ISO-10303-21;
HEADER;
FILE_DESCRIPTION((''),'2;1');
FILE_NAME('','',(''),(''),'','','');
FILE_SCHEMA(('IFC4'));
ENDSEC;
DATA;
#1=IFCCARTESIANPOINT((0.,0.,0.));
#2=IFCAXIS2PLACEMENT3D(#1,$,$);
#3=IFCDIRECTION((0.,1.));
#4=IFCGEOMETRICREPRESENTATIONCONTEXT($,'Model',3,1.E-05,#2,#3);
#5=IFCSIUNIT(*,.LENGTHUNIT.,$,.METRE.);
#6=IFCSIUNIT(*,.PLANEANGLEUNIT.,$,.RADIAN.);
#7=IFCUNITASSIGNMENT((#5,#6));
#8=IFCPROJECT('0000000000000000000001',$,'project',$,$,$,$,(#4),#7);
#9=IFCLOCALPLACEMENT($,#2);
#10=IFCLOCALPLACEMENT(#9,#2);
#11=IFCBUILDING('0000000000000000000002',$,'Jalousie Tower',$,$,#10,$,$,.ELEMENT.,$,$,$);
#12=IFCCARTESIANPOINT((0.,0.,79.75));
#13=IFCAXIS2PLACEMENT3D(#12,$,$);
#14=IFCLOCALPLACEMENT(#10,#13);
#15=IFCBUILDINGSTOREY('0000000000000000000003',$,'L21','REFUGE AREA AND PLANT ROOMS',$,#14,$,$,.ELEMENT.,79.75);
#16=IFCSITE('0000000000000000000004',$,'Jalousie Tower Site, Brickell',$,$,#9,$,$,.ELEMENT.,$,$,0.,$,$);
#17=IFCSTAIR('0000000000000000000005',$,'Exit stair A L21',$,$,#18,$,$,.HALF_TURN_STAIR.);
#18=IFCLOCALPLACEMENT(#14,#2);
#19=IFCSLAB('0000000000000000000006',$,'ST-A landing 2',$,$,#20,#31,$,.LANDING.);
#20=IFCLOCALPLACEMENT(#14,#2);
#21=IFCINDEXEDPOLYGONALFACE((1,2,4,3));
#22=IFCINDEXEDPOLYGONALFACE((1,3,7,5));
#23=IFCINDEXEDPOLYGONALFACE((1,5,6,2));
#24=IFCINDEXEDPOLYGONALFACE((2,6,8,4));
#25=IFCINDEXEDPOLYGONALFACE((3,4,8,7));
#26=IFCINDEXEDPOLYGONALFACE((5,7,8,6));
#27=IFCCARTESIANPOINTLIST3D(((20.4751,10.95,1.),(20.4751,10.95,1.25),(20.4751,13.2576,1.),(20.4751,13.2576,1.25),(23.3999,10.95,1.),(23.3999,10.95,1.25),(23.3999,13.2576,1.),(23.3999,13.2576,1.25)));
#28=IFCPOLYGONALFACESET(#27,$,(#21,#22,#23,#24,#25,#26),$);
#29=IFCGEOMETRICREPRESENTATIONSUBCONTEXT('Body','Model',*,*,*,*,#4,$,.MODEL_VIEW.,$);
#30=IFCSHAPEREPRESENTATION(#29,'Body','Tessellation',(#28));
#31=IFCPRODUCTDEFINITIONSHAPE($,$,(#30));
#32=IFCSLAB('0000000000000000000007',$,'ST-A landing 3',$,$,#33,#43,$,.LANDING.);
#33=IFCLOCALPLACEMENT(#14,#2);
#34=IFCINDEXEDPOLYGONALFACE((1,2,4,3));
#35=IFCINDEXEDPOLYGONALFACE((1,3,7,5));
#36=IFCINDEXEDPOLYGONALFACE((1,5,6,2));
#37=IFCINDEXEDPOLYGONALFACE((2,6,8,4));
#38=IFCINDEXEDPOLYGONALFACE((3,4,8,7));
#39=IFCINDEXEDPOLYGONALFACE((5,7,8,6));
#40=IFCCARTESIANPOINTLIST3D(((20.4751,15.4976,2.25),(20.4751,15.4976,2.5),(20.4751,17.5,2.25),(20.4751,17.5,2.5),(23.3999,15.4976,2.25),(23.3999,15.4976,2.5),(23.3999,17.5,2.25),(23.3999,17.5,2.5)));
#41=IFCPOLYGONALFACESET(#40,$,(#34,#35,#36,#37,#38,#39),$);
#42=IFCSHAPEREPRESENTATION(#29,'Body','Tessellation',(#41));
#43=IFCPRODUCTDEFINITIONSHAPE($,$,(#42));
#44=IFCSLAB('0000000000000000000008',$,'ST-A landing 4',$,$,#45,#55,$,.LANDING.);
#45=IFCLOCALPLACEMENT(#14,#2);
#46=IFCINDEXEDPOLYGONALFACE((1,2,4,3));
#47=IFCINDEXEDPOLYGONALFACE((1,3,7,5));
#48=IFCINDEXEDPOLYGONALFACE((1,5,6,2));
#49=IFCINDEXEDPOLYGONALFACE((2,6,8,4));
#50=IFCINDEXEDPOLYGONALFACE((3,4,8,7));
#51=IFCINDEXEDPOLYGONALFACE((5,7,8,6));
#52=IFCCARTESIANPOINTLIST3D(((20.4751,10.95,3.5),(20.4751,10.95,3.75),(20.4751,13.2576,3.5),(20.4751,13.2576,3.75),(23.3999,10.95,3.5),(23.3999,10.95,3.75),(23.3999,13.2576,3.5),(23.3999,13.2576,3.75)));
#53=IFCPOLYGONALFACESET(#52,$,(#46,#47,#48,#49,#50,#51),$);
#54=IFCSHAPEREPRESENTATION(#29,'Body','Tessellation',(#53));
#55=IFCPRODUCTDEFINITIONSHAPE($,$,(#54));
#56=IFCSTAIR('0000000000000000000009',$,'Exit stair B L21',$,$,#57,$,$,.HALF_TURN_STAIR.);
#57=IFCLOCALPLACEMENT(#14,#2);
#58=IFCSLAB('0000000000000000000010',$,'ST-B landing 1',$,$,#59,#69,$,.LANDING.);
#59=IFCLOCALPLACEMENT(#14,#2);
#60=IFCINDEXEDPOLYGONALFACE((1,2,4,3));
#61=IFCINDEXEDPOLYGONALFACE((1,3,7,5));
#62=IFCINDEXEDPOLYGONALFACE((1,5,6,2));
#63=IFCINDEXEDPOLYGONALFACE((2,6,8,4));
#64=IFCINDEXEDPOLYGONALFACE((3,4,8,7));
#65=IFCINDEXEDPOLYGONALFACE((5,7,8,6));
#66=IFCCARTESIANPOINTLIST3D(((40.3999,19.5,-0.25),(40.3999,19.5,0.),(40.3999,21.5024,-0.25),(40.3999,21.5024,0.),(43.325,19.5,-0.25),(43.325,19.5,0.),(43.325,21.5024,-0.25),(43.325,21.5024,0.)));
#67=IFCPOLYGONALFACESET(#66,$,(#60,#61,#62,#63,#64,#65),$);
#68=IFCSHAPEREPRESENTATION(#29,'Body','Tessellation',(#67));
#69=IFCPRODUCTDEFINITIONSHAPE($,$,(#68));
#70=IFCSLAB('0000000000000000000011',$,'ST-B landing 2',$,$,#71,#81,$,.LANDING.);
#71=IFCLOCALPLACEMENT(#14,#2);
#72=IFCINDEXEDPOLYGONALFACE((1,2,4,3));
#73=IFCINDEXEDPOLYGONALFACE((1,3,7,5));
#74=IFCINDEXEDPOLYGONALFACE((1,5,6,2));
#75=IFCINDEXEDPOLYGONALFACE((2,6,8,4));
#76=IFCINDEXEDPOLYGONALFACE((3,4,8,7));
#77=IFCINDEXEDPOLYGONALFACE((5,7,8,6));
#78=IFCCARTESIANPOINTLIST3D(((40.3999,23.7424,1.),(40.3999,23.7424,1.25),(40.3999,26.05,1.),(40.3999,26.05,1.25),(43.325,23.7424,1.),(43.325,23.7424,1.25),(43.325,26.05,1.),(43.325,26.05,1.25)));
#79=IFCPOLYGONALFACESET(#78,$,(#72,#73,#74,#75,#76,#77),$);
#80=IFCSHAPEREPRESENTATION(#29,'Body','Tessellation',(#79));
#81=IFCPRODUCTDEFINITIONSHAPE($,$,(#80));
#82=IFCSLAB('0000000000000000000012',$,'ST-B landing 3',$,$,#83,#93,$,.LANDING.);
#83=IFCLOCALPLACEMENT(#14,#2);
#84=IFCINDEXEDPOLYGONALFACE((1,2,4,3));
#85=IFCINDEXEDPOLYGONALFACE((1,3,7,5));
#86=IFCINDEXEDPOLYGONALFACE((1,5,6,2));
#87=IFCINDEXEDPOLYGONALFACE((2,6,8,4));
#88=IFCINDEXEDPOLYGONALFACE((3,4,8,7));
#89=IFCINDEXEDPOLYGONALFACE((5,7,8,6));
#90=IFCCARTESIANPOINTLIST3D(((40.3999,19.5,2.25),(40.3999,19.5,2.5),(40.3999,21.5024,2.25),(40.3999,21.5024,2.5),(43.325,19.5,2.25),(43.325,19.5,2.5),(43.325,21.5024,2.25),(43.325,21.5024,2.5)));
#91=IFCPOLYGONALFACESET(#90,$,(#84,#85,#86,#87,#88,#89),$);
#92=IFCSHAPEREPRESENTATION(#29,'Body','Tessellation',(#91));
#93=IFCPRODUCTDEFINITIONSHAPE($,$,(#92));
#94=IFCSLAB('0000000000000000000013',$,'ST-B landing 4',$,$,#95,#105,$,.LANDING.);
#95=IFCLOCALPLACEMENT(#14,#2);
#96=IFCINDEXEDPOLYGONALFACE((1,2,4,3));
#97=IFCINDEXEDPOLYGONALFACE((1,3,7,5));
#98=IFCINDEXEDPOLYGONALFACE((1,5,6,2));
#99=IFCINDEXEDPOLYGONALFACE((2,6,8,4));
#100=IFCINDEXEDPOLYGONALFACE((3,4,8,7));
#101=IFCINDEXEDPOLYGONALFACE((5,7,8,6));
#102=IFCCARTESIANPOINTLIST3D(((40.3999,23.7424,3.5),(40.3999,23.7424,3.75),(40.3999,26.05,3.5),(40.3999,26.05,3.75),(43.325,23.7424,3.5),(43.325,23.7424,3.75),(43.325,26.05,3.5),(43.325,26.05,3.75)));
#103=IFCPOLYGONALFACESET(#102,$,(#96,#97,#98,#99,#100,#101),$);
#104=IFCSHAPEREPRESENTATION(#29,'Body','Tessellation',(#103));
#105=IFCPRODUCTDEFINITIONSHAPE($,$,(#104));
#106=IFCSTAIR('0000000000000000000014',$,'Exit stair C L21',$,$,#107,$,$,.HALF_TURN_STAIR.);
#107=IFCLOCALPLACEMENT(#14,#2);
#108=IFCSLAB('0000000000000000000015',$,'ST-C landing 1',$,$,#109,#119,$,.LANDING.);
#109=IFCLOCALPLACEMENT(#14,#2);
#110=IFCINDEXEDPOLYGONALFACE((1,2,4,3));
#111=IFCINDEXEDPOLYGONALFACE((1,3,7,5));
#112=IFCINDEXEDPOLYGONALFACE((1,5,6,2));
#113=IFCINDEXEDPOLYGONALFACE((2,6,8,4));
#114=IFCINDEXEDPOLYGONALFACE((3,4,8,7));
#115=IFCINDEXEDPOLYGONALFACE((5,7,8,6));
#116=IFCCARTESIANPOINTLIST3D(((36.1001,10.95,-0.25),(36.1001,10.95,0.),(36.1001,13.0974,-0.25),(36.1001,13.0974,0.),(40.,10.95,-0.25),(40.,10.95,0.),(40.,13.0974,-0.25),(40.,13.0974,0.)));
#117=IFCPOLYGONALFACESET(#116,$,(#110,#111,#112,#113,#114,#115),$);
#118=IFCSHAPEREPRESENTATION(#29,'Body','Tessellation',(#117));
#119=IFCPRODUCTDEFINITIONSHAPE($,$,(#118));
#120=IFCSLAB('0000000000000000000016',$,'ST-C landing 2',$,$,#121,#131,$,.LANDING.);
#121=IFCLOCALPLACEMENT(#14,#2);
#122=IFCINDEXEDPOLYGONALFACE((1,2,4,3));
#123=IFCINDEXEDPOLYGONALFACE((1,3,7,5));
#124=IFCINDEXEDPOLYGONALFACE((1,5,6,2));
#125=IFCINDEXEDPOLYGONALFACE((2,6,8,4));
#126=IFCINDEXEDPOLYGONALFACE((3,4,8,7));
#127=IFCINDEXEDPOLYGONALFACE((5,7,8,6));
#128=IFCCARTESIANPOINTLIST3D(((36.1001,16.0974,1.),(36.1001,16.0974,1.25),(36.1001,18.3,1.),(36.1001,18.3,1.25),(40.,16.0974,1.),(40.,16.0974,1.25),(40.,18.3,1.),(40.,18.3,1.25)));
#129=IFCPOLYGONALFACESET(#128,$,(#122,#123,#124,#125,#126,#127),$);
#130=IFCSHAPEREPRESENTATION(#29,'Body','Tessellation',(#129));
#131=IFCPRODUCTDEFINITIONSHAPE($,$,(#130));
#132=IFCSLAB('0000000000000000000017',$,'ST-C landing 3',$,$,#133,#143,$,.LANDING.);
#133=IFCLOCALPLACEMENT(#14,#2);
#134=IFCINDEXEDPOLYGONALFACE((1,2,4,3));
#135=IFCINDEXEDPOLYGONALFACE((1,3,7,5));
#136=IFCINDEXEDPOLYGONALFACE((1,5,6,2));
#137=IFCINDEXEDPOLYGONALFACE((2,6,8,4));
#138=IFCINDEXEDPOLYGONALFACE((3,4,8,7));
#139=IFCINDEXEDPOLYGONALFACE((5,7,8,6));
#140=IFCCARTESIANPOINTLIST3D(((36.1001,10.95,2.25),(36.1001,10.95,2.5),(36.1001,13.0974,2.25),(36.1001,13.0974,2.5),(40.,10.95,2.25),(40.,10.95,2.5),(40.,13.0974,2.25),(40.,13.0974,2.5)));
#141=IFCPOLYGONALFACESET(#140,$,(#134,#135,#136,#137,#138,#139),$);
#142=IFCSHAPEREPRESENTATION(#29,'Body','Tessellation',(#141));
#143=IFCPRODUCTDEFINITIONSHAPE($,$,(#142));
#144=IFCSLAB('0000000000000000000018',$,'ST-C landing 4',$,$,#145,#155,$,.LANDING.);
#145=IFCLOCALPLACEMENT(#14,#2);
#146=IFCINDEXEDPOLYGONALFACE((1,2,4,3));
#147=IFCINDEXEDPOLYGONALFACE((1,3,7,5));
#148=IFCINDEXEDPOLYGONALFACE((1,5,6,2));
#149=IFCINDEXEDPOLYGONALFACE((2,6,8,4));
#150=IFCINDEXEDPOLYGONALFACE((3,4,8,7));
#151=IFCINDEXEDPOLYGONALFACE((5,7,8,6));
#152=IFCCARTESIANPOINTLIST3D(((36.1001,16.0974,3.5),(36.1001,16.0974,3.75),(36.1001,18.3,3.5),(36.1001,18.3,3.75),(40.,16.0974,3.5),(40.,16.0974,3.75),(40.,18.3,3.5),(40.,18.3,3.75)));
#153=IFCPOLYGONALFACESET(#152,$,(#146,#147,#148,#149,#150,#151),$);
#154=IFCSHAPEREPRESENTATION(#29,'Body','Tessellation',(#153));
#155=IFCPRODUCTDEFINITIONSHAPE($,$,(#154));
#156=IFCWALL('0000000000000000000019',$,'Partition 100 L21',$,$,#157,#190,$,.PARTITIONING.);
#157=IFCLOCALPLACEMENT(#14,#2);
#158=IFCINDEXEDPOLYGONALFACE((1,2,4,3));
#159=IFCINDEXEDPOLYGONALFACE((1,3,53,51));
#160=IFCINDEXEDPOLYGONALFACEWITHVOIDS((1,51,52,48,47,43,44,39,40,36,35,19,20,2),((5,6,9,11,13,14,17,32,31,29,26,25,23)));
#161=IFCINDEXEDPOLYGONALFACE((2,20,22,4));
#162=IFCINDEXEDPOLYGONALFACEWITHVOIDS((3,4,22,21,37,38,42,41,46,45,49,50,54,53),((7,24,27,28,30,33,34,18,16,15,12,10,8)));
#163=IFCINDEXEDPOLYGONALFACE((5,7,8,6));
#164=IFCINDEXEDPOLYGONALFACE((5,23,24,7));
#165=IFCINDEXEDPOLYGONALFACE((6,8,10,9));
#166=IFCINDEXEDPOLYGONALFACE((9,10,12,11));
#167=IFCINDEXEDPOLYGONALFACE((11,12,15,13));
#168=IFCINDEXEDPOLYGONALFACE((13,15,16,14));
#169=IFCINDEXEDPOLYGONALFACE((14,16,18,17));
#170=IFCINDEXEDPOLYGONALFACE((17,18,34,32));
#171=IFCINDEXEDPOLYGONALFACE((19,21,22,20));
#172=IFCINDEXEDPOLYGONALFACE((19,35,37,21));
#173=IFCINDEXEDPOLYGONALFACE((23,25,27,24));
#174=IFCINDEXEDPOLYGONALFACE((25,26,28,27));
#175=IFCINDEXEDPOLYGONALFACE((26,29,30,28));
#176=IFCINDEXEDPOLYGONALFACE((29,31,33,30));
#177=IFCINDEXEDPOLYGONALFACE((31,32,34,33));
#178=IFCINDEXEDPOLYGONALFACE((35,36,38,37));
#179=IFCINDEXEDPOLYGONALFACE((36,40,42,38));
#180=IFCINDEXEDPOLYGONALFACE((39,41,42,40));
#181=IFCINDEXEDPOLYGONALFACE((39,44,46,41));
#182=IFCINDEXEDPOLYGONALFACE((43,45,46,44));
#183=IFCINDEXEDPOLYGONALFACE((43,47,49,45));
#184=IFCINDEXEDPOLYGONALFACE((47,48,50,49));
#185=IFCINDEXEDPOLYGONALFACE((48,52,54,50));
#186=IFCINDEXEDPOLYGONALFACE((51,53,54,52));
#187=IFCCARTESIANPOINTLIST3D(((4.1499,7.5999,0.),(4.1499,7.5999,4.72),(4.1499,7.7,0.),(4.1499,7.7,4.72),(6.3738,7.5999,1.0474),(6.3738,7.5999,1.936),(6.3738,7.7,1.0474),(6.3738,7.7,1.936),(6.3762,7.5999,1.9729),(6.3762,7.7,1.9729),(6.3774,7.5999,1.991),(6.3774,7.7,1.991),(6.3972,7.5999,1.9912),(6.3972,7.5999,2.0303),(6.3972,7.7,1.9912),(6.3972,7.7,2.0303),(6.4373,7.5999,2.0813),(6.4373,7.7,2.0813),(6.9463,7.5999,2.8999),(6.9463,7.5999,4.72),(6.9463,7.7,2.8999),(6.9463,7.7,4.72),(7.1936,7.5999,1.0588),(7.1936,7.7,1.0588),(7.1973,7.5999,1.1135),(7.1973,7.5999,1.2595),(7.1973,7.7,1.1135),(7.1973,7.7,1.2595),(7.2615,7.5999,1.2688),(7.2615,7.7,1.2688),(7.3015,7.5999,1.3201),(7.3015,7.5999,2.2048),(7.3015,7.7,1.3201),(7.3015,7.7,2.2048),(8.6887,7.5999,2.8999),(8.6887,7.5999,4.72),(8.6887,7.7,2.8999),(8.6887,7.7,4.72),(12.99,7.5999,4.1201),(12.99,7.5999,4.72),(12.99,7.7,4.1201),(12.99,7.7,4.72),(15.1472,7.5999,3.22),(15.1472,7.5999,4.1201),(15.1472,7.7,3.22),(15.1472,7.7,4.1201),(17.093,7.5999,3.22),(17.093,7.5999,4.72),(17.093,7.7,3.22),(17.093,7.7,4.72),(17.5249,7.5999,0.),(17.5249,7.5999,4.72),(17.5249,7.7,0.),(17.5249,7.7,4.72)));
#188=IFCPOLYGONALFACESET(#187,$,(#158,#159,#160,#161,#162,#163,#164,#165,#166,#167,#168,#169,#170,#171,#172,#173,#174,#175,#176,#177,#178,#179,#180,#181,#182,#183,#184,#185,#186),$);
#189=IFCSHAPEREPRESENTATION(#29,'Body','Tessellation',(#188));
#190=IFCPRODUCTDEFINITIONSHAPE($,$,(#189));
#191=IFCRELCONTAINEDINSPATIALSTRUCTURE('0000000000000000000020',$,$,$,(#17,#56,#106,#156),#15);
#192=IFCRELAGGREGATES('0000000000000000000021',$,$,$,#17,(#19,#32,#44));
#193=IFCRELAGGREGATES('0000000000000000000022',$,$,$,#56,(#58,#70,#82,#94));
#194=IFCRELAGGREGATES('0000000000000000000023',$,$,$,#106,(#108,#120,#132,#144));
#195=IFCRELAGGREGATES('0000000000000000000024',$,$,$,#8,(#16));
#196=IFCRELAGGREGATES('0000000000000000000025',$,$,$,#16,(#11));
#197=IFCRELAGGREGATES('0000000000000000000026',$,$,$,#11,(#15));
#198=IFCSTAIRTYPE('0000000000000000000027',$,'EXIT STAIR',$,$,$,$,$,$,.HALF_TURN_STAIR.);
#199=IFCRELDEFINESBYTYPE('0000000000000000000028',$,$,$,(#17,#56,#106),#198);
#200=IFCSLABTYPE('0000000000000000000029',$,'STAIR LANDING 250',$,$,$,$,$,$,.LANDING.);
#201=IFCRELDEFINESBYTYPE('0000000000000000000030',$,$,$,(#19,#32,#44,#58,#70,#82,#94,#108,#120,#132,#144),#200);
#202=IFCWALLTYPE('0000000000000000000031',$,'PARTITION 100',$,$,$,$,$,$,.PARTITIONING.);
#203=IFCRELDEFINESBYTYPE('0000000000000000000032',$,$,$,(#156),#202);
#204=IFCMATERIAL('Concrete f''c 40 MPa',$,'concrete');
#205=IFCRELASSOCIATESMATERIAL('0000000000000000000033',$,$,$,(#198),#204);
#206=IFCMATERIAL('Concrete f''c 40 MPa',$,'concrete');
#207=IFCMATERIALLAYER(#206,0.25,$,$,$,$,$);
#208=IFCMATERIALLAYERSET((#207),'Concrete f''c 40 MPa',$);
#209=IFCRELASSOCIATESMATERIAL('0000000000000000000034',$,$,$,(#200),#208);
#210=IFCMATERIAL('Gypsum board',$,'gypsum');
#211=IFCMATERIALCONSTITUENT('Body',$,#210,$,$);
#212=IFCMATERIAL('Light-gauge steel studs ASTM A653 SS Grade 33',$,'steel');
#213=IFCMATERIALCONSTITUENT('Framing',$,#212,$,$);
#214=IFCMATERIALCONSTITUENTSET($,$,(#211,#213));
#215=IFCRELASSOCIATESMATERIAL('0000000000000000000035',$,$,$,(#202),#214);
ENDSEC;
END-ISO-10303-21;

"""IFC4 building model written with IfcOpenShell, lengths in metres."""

from ifc_helpers import new_model, si_unit, direction, frame, origin, place, context, subcontext, project, spatial, polyline, outline, extrude, material, layer, layer_set, constituent, constituent_set, type_object, element, aggregate, save


model = new_model("IFC4")

# Units and contexts
model_context = context("Model", 3, precision=1e-05, world=origin(), true_north=direction((0.0, 1.0)))
body_context = subcontext(model_context, "Body", "Model", "MODEL_VIEW")
ifc_project = project(units=[si_unit("LENGTHUNIT", "METRE"), si_unit("PLANEANGLEUNIT", "RADIAN")], contexts=[model_context])

# Site, building, storey
site_placement = place(None, origin())
site = spatial("IfcSite", under=ifc_project, at=site_placement, Name="Jalousie Tower Site, Brickell", CompositionType="ELEMENT", RefElevation=0.0)
building_placement = place(site_placement, origin())
building = spatial("IfcBuilding", under=site, at=building_placement, Name="Jalousie Tower", CompositionType="ELEMENT")
storey_placement = place(building_placement, frame((0.0, 0.0, 79.75)))
storey = spatial("IfcBuildingStorey", under=building, at=storey_placement, Name="L21", Description="REFUGE AREA AND PLANT ROOMS", CompositionType="ELEMENT", Elevation=79.75)

# Stairs, slabs
ifc_material_1 = material(Name="Concrete f'c 40 MPa", Category="concrete")
stair_type = type_object("IfcStairType", Name="EXIT STAIR", PredefinedType="HALF_TURN_STAIR", material=ifc_material_1)
stair_1_placement = place(storey_placement, origin())
stair_1 = element("IfcStair", 1, at=stair_1_placement, inside=storey, type_object=stair_type, Name="Exit stair A L21", PredefinedType="HALF_TURN_STAIR")
ifc_material_2 = material(Name="Concrete f'c 40 MPa", Category="concrete")
ifc_layer_1 = layer(ifc_material_2, 0.25)
ifc_layer_set_1 = layer_set([ifc_layer_1], Name="Concrete f'c 40 MPa")
slab_type_1 = type_object("IfcSlabType", Name="STAIR LANDING 250", PredefinedType="LANDING", material=ifc_layer_set_1)
slab_1_placement = place(storey_placement, frame((0.0, 0.0, 1.0)))
slab_1 = element("IfcSlab", 2, at=slab_1_placement, type_object=slab_type_1, Name="ST-A landing 2", PredefinedType="LANDING", context=body_context, shape_type="SweptSolid", body=[
    extrude(outline(polyline([(20.4751, 10.95), (23.3999, 10.95), (23.3999, 13.2576), (20.4751, 13.2576), (20.4751, 10.95)])), origin(), (0.0, 0.0, 1.0), 0.25),
])
slab_2_placement = place(storey_placement, frame((0.0, 0.0, 2.25)))
slab_2 = element("IfcSlab", 3, at=slab_2_placement, type_object=slab_type_1, Name="ST-A landing 3", PredefinedType="LANDING", context=body_context, shape_type="SweptSolid", body=[
    extrude(outline(polyline([(20.4751, 15.4976), (23.3999, 15.4976), (23.3999, 17.5), (20.4751, 17.5), (20.4751, 15.4976)])), origin(), (0.0, 0.0, 1.0), 0.25),
])
slab_3_placement = place(storey_placement, frame((0.0, 0.0, 3.5)))
slab_3 = element("IfcSlab", 4, at=slab_3_placement, type_object=slab_type_1, Name="ST-A landing 4", PredefinedType="LANDING", context=body_context, shape_type="SweptSolid", body=[
    extrude(outline(polyline([(20.4751, 10.95), (23.3999, 10.95), (23.3999, 13.2576), (20.4751, 13.2576), (20.4751, 10.95)])), origin(), (0.0, 0.0, 1.0), 0.25),
])
aggregate(stair_1, [slab_1, slab_2, slab_3])
stair_2_placement = place(storey_placement, origin())
stair_2 = element("IfcStair", 5, at=stair_2_placement, inside=storey, type_object=stair_type, Name="Exit stair B L21", PredefinedType="HALF_TURN_STAIR")
slab_4_placement = place(storey_placement, frame((0.0, 0.0, -0.25)))
slab_4 = element("IfcSlab", 6, at=slab_4_placement, type_object=slab_type_1, Name="ST-B landing 1", PredefinedType="LANDING", context=body_context, shape_type="SweptSolid", body=[
    extrude(outline(polyline([(40.3999, 19.5), (43.325, 19.5), (43.325, 21.5024), (40.3999, 21.5024), (40.3999, 19.5)])), origin(), (0.0, 0.0, 1.0), 0.25),
])
slab_5_placement = place(storey_placement, frame((0.0, 0.0, 1.0)))
slab_5 = element("IfcSlab", 7, at=slab_5_placement, type_object=slab_type_1, Name="ST-B landing 2", PredefinedType="LANDING", context=body_context, shape_type="SweptSolid", body=[
    extrude(outline(polyline([(40.3999, 23.7424), (43.325, 23.7424), (43.325, 26.05), (40.3999, 26.05), (40.3999, 23.7424)])), origin(), (0.0, 0.0, 1.0), 0.25),
])
slab_6_placement = place(storey_placement, frame((0.0, 0.0, 2.25)))
slab_6 = element("IfcSlab", 8, at=slab_6_placement, type_object=slab_type_1, Name="ST-B landing 3", PredefinedType="LANDING", context=body_context, shape_type="SweptSolid", body=[
    extrude(outline(polyline([(40.3999, 19.5), (43.325, 19.5), (43.325, 21.5024), (40.3999, 21.5024), (40.3999, 19.5)])), origin(), (0.0, 0.0, 1.0), 0.25),
])
slab_7_placement = place(storey_placement, frame((0.0, 0.0, 3.5)))
slab_7 = element("IfcSlab", 9, at=slab_7_placement, type_object=slab_type_1, Name="ST-B landing 4", PredefinedType="LANDING", context=body_context, shape_type="SweptSolid", body=[
    extrude(outline(polyline([(40.3999, 23.7424), (43.325, 23.7424), (43.325, 26.05), (40.3999, 26.05), (40.3999, 23.7424)])), origin(), (0.0, 0.0, 1.0), 0.25),
])
aggregate(stair_2, [slab_4, slab_5, slab_6, slab_7])
stair_3_placement = place(storey_placement, origin())
stair_3 = element("IfcStair", 10, at=stair_3_placement, inside=storey, type_object=stair_type, Name="Exit stair C L21", PredefinedType="HALF_TURN_STAIR")
slab_8_placement = place(storey_placement, frame((0.0, 0.0, -0.25)))
slab_8 = element("IfcSlab", 11, at=slab_8_placement, type_object=slab_type_1, Name="ST-C landing 1", PredefinedType="LANDING", context=body_context, shape_type="SweptSolid", body=[
    extrude(outline(polyline([(36.1001, 10.95), (40.0, 10.95), (40.0, 13.0974), (36.1001, 13.0974), (36.1001, 10.95)])), origin(), (0.0, 0.0, 1.0), 0.25),
])
slab_9_placement = place(storey_placement, frame((0.0, 0.0, 1.0)))
slab_9 = element("IfcSlab", 12, at=slab_9_placement, type_object=slab_type_1, Name="ST-C landing 2", PredefinedType="LANDING", context=body_context, shape_type="SweptSolid", body=[
    extrude(outline(polyline([(36.1001, 16.0974), (40.0, 16.0974), (40.0, 18.3), (36.1001, 18.3), (36.1001, 16.0974)])), origin(), (0.0, 0.0, 1.0), 0.25),
])
slab_10_placement = place(storey_placement, frame((0.0, 0.0, 2.25)))
slab_10 = element("IfcSlab", 13, at=slab_10_placement, type_object=slab_type_1, Name="ST-C landing 3", PredefinedType="LANDING", context=body_context, shape_type="SweptSolid", body=[
    extrude(outline(polyline([(36.1001, 10.95), (40.0, 10.95), (40.0, 13.0974), (36.1001, 13.0974), (36.1001, 10.95)])), origin(), (0.0, 0.0, 1.0), 0.25),
])
slab_11_placement = place(storey_placement, frame((0.0, 0.0, 3.5)))
slab_11 = element("IfcSlab", 14, at=slab_11_placement, type_object=slab_type_1, Name="ST-C landing 4", PredefinedType="LANDING", context=body_context, shape_type="SweptSolid", body=[
    extrude(outline(polyline([(36.1001, 16.0974), (40.0, 16.0974), (40.0, 18.3), (36.1001, 18.3), (36.1001, 16.0974)])), origin(), (0.0, 0.0, 1.0), 0.25),
])
aggregate(stair_3, [slab_8, slab_9, slab_10, slab_11])

# Wall
ifc_material_3 = material(Name="Gypsum board", Category="gypsum")
ifc_constituent_1 = constituent(ifc_material_3, Name="Body")
ifc_material_4 = material(Name="Light-gauge steel studs ASTM A653 SS Grade 33", Category="steel")
ifc_constituent_2 = constituent(ifc_material_4, Name="Framing")
ifc_constituent_set = constituent_set(constituents=[ifc_constituent_1, ifc_constituent_2])
wall_type = type_object("IfcWallType", Name="PARTITION 100", PredefinedType="PARTITIONING", material=ifc_constituent_set)
wall_placement = place(storey_placement, frame((4.1499, 7.6499, 0.0), z_axis=(0.0, 0.0, 1.0), x_axis=(1.0, 0.0, 0.0)))
element("IfcWall", 15, at=wall_placement, inside=storey, type_object=wall_type, Name="Partition 100 L21", PredefinedType="PARTITIONING", context=body_context, shape_type="SweptSolid", body=[
    extrude(outline(polyline([(2.7964, 4.72), (0.0, 4.72), (0.0, 0.0), (13.375, 0.0), (13.375, 4.72), (12.9431, 4.72), (12.9431, 3.22), (10.9973, 3.22), (10.9973, 4.1201), (8.8401, 4.1201), (8.8401, 4.72), (4.5388, 4.72), (4.5388, 2.8999), (2.7964, 2.8999), (2.7964, 4.72)]), holes=[polyline([(2.2239, 1.0474), (2.2239, 1.936), (2.2263, 1.9729), (2.2275, 1.991), (2.2473, 1.9912), (2.2473, 2.0303), (2.2874, 2.0813), (3.1516, 2.2048), (3.1516, 1.3201), (3.1116, 1.2688), (3.0474, 1.2595), (3.0474, 1.1135), (3.0437, 1.0588), (2.2239, 1.0474)])]), frame((0.0, 0.05, 0.0), z_axis=(0.0, -1.0, 0.0), x_axis=(1.0, 0.0, 0.0)), (0.0, 0.0, 1.0), 0.1001),
])

save(model, "model.ifc")
